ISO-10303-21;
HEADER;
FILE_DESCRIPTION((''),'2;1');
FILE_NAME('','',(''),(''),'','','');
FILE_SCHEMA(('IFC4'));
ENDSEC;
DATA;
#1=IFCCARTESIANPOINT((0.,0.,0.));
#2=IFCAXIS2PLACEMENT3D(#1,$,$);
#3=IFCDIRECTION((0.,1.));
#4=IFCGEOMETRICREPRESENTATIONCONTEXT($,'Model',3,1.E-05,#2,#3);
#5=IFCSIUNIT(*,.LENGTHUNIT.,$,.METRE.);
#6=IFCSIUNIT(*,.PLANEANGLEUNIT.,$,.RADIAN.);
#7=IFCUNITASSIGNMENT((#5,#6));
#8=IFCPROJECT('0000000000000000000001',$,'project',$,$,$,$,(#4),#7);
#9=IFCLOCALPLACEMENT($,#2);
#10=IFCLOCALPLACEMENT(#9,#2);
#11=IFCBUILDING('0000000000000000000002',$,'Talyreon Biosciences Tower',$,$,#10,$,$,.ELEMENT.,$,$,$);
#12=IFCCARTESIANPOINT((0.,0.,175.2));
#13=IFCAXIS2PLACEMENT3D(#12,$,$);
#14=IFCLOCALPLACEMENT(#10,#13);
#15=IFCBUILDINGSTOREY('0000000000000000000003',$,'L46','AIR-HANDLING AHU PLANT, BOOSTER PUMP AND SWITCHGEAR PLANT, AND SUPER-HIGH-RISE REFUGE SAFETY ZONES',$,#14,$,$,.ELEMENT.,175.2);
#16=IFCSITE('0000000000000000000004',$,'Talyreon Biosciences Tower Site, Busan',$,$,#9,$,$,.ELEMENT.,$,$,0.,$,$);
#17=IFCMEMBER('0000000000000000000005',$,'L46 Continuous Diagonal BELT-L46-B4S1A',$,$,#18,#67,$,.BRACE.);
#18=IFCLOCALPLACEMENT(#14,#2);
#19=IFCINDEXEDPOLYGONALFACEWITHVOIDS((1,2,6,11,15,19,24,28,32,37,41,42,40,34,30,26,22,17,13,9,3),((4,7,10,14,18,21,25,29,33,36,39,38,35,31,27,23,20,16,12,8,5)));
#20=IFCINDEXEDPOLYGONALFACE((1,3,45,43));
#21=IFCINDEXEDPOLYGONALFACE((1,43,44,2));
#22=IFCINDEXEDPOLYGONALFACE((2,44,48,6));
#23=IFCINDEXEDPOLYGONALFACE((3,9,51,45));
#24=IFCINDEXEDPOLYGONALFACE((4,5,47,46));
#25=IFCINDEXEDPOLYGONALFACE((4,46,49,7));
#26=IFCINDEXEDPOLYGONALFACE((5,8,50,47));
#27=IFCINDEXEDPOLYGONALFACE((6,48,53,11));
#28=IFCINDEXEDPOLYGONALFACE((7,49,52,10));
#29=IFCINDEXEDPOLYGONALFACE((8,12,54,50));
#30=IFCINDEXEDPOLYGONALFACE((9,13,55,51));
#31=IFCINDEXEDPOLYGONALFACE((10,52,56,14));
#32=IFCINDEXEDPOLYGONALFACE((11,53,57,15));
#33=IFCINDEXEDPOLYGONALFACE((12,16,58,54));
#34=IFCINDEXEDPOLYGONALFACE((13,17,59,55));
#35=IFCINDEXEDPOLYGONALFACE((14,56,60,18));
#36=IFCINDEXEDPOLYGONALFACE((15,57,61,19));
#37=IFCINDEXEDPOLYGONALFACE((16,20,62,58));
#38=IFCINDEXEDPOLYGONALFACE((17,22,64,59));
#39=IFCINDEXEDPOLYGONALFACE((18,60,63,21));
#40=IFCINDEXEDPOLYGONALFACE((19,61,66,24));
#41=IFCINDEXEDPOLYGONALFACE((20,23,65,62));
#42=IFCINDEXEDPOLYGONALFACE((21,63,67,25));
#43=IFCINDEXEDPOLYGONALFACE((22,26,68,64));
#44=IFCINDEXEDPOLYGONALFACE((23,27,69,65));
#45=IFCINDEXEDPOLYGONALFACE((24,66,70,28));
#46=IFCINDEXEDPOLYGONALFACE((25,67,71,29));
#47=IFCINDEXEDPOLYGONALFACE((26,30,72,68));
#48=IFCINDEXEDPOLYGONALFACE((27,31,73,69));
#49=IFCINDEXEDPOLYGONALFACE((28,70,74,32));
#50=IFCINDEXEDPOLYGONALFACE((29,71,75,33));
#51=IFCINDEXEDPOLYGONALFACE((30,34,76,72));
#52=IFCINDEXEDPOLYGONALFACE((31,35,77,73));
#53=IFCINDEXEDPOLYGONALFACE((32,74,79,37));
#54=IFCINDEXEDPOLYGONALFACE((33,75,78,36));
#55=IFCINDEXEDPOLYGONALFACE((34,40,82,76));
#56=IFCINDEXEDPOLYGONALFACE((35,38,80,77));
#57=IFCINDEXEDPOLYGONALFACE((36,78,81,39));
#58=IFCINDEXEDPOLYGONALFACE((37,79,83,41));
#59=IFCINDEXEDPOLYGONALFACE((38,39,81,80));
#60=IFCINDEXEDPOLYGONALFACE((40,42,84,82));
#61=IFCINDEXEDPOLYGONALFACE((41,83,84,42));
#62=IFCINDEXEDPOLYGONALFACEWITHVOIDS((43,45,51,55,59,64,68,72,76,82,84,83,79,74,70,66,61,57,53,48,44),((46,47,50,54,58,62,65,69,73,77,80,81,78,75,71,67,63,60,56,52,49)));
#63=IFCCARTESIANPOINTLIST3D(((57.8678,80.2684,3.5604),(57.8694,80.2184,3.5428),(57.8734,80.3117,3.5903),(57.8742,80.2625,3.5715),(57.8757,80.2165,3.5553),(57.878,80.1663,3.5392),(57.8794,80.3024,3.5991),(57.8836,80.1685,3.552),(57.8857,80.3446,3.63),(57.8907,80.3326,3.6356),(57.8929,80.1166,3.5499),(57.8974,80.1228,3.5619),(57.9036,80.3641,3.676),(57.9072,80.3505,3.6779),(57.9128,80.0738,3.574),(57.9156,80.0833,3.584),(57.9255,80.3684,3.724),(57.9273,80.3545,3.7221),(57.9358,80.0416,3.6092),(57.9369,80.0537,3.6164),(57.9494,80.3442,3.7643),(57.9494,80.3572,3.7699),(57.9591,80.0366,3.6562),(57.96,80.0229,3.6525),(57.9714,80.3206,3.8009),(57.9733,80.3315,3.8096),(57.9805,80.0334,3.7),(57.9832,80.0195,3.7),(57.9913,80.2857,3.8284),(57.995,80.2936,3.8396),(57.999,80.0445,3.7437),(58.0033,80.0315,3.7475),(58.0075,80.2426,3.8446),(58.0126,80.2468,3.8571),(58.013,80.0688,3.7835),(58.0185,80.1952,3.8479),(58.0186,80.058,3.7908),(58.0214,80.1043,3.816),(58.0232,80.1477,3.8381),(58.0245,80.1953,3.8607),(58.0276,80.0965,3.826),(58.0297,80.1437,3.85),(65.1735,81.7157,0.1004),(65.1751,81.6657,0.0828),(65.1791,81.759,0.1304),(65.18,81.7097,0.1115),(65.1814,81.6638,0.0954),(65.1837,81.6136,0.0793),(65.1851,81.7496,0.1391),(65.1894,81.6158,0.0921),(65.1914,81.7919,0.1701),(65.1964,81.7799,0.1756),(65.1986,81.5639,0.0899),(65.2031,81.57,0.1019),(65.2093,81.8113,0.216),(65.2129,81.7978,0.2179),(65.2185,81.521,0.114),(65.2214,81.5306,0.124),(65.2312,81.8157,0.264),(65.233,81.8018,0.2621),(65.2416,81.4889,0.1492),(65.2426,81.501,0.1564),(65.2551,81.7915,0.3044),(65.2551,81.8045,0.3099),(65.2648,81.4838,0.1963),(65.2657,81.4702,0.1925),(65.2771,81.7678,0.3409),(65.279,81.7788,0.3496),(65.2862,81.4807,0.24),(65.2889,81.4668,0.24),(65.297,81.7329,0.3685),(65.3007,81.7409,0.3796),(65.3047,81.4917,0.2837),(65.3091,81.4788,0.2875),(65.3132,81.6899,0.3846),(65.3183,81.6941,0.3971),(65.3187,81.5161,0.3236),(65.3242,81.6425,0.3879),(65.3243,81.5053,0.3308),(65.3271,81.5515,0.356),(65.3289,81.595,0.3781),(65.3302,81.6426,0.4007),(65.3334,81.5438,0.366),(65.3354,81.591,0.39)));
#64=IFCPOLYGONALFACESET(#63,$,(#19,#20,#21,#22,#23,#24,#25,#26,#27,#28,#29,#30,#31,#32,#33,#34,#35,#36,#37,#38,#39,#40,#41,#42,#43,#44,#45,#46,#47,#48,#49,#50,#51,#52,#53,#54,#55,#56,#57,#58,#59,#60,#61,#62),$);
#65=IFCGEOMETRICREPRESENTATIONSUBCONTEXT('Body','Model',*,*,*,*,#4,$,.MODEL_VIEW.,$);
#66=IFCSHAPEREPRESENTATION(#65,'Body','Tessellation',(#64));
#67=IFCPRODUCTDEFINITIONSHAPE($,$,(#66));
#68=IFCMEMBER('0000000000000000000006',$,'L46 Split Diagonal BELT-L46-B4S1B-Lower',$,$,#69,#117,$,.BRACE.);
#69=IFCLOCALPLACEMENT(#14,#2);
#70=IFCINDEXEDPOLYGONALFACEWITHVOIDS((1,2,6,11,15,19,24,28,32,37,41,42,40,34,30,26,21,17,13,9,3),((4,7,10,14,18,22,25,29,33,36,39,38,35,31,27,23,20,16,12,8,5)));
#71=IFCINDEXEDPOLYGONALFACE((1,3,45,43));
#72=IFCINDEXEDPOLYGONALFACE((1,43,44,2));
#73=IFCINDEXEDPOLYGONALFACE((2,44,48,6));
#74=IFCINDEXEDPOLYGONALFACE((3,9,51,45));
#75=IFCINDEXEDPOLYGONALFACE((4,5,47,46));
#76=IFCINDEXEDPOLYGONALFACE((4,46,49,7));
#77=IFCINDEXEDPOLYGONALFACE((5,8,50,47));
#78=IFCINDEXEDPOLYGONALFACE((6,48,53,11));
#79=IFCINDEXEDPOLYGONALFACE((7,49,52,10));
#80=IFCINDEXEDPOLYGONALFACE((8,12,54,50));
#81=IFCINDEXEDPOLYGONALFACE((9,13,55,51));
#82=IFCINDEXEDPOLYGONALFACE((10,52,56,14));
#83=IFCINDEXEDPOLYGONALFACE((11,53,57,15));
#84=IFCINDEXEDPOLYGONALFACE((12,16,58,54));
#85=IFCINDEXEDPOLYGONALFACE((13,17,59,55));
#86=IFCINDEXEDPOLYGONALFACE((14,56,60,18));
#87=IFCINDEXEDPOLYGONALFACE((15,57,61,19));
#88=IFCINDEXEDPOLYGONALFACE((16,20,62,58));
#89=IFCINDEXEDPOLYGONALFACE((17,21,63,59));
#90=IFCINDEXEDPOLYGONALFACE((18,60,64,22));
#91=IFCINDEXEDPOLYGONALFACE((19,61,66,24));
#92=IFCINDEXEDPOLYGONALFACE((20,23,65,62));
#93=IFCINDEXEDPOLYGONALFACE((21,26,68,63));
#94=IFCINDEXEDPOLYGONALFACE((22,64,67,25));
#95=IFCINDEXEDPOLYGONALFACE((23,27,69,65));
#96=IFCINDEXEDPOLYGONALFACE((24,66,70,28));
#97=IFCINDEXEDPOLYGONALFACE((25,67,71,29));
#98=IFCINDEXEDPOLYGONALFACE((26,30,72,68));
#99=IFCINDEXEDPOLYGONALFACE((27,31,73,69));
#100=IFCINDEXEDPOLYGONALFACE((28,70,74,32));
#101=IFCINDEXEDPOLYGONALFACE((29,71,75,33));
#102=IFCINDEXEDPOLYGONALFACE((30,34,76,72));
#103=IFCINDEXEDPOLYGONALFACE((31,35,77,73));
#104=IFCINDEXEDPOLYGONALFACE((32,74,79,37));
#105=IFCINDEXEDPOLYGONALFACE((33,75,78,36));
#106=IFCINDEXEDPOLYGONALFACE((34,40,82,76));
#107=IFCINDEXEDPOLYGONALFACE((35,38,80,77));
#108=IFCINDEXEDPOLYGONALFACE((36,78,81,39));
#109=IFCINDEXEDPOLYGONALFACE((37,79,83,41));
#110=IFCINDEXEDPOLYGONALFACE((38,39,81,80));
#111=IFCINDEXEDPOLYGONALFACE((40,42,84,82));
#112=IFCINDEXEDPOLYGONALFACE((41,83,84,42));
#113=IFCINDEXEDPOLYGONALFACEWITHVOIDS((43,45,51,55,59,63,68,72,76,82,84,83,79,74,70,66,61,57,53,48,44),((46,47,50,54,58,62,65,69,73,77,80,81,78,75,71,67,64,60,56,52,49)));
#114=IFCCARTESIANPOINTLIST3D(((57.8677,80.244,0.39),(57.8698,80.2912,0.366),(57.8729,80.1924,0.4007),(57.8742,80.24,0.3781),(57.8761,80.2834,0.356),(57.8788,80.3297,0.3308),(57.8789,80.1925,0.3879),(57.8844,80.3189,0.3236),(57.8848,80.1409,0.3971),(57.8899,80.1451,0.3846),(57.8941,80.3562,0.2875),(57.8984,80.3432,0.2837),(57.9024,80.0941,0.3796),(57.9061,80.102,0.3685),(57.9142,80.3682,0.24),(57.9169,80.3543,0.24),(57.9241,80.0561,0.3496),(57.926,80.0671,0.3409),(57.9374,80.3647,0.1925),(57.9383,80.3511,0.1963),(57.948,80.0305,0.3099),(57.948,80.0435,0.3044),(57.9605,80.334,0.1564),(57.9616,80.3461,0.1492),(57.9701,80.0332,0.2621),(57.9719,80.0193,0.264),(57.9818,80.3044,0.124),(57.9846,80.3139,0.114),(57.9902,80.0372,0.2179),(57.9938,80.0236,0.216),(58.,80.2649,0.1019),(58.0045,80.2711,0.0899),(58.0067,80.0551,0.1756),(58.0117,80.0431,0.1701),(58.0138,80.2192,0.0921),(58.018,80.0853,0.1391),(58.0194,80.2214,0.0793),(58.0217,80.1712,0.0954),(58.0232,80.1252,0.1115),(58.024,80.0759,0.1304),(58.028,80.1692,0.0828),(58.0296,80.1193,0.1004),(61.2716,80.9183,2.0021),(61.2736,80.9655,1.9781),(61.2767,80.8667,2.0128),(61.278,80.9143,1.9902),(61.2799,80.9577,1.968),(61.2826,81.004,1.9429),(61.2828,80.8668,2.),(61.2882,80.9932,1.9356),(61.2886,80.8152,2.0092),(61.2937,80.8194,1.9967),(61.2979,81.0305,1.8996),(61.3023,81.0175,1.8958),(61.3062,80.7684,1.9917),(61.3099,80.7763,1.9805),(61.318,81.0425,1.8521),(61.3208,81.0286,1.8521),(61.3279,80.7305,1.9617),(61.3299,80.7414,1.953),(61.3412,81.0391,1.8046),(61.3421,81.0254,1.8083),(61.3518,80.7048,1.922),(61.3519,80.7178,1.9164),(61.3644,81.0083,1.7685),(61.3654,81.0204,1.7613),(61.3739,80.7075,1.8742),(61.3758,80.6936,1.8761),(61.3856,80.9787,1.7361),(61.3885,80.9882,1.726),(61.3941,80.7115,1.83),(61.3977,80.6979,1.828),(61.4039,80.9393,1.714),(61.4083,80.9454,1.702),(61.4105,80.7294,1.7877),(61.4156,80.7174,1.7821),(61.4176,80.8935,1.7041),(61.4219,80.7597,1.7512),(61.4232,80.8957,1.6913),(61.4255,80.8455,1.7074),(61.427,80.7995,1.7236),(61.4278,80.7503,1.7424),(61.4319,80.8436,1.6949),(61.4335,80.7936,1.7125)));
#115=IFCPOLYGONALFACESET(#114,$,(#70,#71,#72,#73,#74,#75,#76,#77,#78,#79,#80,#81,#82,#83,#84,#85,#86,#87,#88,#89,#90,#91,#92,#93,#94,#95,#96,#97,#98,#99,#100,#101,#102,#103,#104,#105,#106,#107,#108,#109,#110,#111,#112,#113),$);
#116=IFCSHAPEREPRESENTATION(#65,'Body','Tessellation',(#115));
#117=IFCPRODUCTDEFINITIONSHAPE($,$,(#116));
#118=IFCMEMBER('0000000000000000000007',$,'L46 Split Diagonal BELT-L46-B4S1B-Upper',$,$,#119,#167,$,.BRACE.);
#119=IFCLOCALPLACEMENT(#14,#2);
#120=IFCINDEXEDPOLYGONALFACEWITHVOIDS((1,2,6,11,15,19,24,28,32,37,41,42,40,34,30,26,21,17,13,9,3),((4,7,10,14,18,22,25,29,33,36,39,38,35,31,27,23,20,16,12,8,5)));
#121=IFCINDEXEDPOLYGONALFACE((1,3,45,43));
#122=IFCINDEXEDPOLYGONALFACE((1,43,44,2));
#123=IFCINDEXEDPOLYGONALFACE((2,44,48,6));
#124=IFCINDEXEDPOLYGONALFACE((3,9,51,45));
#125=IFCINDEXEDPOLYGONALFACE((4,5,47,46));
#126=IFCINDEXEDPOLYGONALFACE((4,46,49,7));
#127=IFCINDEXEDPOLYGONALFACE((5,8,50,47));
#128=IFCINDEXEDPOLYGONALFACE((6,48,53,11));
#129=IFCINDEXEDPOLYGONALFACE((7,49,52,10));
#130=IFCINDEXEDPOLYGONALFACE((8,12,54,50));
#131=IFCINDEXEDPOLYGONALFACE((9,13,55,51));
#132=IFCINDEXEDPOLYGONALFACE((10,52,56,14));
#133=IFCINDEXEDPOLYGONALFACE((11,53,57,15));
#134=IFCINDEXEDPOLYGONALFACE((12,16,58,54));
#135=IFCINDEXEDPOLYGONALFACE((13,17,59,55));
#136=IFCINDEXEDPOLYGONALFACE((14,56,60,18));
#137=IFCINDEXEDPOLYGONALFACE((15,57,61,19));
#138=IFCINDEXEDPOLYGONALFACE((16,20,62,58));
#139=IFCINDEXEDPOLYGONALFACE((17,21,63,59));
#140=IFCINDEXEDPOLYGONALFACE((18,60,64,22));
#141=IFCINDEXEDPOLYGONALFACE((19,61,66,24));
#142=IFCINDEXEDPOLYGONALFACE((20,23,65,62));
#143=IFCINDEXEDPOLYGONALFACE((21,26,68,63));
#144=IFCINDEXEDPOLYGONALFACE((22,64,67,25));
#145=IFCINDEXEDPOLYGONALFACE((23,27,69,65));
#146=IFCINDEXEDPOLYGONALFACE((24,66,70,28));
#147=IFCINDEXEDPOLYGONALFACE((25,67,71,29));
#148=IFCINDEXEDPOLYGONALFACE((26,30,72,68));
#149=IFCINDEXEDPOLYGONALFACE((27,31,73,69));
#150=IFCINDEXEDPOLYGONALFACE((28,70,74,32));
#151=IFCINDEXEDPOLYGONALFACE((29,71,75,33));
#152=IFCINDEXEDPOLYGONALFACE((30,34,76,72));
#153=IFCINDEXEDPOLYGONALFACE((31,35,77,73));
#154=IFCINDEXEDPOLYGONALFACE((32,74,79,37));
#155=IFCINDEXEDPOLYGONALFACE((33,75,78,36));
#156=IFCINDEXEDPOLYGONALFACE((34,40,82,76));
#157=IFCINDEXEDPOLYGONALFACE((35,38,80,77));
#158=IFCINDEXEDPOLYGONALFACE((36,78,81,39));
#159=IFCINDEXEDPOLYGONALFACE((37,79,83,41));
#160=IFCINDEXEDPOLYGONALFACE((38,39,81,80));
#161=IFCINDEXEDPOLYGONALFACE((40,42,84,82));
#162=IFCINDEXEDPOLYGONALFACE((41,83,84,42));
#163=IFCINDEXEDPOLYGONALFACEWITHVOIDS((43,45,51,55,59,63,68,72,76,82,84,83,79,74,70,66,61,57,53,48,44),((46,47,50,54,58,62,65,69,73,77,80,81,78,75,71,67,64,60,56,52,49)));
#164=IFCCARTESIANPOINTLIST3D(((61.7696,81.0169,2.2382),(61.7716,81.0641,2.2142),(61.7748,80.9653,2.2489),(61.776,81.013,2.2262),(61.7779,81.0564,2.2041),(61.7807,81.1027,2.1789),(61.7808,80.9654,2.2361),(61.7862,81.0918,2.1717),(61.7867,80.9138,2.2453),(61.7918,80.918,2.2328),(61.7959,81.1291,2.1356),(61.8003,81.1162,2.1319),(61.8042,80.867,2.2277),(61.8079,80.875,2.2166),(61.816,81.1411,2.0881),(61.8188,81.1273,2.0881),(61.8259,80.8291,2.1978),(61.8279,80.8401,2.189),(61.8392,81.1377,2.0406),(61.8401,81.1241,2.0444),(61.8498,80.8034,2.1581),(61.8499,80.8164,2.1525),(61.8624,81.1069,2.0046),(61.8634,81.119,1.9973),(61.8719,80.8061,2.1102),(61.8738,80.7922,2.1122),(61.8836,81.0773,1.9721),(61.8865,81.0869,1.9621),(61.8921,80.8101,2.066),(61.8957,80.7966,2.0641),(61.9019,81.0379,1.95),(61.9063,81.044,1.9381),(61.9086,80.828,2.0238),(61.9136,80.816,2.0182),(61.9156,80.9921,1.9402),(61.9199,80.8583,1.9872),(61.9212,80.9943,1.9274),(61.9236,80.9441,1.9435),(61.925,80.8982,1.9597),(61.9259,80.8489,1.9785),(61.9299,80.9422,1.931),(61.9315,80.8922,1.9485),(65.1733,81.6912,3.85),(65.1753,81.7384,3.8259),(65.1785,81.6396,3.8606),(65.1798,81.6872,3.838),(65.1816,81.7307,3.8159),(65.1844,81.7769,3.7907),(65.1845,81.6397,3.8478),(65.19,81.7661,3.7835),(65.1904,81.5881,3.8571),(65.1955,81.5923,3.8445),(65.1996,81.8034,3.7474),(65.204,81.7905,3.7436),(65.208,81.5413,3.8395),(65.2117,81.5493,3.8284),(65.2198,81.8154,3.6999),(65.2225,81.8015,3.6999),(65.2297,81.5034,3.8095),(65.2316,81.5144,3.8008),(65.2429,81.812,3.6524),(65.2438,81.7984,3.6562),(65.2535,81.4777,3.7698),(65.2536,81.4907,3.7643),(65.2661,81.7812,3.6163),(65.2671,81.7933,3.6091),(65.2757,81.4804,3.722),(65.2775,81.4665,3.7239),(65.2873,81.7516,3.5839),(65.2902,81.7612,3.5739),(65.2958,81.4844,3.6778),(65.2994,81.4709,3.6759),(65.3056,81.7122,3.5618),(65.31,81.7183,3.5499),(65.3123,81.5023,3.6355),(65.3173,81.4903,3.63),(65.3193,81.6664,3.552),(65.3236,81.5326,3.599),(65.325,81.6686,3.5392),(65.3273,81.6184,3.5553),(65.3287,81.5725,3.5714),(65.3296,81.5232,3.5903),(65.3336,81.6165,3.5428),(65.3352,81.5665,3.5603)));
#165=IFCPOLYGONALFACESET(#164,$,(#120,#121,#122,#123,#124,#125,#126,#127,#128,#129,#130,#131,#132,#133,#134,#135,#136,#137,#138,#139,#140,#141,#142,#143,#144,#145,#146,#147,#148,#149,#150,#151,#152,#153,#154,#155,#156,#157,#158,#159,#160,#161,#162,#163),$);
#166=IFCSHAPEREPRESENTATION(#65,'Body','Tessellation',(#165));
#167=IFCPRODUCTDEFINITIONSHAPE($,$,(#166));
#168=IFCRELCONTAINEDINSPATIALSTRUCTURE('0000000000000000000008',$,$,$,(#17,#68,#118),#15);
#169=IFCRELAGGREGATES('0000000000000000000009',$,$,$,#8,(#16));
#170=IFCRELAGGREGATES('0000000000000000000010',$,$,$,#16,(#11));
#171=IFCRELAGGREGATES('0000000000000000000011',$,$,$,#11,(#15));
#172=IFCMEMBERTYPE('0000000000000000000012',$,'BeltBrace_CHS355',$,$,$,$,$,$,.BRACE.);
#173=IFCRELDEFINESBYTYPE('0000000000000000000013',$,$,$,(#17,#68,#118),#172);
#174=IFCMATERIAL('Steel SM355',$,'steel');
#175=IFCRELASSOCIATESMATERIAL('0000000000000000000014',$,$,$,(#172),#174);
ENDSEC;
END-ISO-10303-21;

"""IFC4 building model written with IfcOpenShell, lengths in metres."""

from ifc_helpers import new_model, si_unit, direction, frame, origin, origin_2d, place, context, subcontext, project, spatial, hollow_circle, extrude, material, material_profile, profile_set, type_object, element, save


model = new_model("IFC4")

# Units and contexts
model_context = context("Model", 3, precision=1e-05, world=origin(), true_north=direction((0.0, 1.0)))
body_context = subcontext(model_context, "Body", "Model", "MODEL_VIEW")
ifc_project = project(units=[si_unit("LENGTHUNIT", "METRE"), si_unit("PLANEANGLEUNIT", "RADIAN")], contexts=[model_context])

# Site, building, storey
site_placement = place(None, origin())
site = spatial("IfcSite", under=ifc_project, at=site_placement, Name="Talyreon Biosciences Tower Site, Busan", CompositionType="ELEMENT", RefElevation=0.0)
building_placement = place(site_placement, origin())
building = spatial("IfcBuilding", under=site, at=building_placement, Name="Talyreon Biosciences Tower", CompositionType="ELEMENT")
storey_placement = place(building_placement, frame((0.0, 0.0, 175.2)))
storey = spatial("IfcBuildingStorey", under=building, at=storey_placement, Name="L46", Description="AIR-HANDLING AHU PLANT, BOOSTER PUMP AND SWITCHGEAR PLANT, AND SUPER-HIGH-RISE REFUGE SAFETY ZONES", CompositionType="ELEMENT", Elevation=175.2)

# Members
ifc_material_1 = material(Name="Steel SM355", Category="steel")
ifc_material_profile_1 = material_profile(ifc_material_1, hollow_circle(Radius=0.1777, WallThickness=0.0142, at=origin_2d()), Name="CHS 355.6x14.2")
ifc_profile_set_1 = profile_set([ifc_material_profile_1], Name="Steel SM355")
member_type_1 = type_object("IfcMemberType", Name="BeltBrace_CHS355", PredefinedType="BRACE", material=ifc_profile_set_1)
member_1_placement = place(storey_placement, frame((65.2544, 81.6411, 0.24), z_axis=(-0.889622, -0.176236, 0.421325), x_axis=(0.194325, -0.980937, 0.0)))
element("IfcMember", 1, at=member_1_placement, inside=storey, type_object=member_type_1, Name="L46 Continuous Diagonal BELT-L46-B4S1A", PredefinedType="BRACE", context=body_context, shape_type="SweptSolid", body=[
    extrude(hollow_circle(Radius=0.1777, WallThickness=0.0142, at=origin_2d()), origin(), (0.0, 0.0, 1.0), 8.2122),
])
member_2_placement = place(storey_placement, frame((57.9487, 80.1938, 0.24), z_axis=(0.889619, 0.176239, 0.421328), x_axis=(-0.19433, 0.980936, 0.0)))
element("IfcMember", 2, at=member_2_placement, inside=storey, type_object=member_type_1, Name="L46 Split Diagonal BELT-L46-B4S1B-Lower", PredefinedType="BRACE", context=body_context, shape_type="SweptSolid", body=[
    extrude(hollow_circle(Radius=0.1777, WallThickness=0.0142, at=origin_2d()), origin(), (0.0, 0.0, 1.0), 3.8262),
])
member_3_placement = place(storey_placement, frame((61.8506, 80.9668, 2.0881), z_axis=(0.889643, 0.176244, 0.421276), x_axis=(-0.19433, 0.980936, 0.0)))
element("IfcMember", 3, at=member_3_placement, inside=storey, type_object=member_type_1, Name="L46 Split Diagonal BELT-L46-B4S1B-Upper", PredefinedType="BRACE", context=body_context, shape_type="SweptSolid", body=[
    extrude(hollow_circle(Radius=0.1777, WallThickness=0.0142, at=origin_2d()), origin(), (0.0, 0.0, 1.0), 3.8259),
])

save(model, "model.ifc")
